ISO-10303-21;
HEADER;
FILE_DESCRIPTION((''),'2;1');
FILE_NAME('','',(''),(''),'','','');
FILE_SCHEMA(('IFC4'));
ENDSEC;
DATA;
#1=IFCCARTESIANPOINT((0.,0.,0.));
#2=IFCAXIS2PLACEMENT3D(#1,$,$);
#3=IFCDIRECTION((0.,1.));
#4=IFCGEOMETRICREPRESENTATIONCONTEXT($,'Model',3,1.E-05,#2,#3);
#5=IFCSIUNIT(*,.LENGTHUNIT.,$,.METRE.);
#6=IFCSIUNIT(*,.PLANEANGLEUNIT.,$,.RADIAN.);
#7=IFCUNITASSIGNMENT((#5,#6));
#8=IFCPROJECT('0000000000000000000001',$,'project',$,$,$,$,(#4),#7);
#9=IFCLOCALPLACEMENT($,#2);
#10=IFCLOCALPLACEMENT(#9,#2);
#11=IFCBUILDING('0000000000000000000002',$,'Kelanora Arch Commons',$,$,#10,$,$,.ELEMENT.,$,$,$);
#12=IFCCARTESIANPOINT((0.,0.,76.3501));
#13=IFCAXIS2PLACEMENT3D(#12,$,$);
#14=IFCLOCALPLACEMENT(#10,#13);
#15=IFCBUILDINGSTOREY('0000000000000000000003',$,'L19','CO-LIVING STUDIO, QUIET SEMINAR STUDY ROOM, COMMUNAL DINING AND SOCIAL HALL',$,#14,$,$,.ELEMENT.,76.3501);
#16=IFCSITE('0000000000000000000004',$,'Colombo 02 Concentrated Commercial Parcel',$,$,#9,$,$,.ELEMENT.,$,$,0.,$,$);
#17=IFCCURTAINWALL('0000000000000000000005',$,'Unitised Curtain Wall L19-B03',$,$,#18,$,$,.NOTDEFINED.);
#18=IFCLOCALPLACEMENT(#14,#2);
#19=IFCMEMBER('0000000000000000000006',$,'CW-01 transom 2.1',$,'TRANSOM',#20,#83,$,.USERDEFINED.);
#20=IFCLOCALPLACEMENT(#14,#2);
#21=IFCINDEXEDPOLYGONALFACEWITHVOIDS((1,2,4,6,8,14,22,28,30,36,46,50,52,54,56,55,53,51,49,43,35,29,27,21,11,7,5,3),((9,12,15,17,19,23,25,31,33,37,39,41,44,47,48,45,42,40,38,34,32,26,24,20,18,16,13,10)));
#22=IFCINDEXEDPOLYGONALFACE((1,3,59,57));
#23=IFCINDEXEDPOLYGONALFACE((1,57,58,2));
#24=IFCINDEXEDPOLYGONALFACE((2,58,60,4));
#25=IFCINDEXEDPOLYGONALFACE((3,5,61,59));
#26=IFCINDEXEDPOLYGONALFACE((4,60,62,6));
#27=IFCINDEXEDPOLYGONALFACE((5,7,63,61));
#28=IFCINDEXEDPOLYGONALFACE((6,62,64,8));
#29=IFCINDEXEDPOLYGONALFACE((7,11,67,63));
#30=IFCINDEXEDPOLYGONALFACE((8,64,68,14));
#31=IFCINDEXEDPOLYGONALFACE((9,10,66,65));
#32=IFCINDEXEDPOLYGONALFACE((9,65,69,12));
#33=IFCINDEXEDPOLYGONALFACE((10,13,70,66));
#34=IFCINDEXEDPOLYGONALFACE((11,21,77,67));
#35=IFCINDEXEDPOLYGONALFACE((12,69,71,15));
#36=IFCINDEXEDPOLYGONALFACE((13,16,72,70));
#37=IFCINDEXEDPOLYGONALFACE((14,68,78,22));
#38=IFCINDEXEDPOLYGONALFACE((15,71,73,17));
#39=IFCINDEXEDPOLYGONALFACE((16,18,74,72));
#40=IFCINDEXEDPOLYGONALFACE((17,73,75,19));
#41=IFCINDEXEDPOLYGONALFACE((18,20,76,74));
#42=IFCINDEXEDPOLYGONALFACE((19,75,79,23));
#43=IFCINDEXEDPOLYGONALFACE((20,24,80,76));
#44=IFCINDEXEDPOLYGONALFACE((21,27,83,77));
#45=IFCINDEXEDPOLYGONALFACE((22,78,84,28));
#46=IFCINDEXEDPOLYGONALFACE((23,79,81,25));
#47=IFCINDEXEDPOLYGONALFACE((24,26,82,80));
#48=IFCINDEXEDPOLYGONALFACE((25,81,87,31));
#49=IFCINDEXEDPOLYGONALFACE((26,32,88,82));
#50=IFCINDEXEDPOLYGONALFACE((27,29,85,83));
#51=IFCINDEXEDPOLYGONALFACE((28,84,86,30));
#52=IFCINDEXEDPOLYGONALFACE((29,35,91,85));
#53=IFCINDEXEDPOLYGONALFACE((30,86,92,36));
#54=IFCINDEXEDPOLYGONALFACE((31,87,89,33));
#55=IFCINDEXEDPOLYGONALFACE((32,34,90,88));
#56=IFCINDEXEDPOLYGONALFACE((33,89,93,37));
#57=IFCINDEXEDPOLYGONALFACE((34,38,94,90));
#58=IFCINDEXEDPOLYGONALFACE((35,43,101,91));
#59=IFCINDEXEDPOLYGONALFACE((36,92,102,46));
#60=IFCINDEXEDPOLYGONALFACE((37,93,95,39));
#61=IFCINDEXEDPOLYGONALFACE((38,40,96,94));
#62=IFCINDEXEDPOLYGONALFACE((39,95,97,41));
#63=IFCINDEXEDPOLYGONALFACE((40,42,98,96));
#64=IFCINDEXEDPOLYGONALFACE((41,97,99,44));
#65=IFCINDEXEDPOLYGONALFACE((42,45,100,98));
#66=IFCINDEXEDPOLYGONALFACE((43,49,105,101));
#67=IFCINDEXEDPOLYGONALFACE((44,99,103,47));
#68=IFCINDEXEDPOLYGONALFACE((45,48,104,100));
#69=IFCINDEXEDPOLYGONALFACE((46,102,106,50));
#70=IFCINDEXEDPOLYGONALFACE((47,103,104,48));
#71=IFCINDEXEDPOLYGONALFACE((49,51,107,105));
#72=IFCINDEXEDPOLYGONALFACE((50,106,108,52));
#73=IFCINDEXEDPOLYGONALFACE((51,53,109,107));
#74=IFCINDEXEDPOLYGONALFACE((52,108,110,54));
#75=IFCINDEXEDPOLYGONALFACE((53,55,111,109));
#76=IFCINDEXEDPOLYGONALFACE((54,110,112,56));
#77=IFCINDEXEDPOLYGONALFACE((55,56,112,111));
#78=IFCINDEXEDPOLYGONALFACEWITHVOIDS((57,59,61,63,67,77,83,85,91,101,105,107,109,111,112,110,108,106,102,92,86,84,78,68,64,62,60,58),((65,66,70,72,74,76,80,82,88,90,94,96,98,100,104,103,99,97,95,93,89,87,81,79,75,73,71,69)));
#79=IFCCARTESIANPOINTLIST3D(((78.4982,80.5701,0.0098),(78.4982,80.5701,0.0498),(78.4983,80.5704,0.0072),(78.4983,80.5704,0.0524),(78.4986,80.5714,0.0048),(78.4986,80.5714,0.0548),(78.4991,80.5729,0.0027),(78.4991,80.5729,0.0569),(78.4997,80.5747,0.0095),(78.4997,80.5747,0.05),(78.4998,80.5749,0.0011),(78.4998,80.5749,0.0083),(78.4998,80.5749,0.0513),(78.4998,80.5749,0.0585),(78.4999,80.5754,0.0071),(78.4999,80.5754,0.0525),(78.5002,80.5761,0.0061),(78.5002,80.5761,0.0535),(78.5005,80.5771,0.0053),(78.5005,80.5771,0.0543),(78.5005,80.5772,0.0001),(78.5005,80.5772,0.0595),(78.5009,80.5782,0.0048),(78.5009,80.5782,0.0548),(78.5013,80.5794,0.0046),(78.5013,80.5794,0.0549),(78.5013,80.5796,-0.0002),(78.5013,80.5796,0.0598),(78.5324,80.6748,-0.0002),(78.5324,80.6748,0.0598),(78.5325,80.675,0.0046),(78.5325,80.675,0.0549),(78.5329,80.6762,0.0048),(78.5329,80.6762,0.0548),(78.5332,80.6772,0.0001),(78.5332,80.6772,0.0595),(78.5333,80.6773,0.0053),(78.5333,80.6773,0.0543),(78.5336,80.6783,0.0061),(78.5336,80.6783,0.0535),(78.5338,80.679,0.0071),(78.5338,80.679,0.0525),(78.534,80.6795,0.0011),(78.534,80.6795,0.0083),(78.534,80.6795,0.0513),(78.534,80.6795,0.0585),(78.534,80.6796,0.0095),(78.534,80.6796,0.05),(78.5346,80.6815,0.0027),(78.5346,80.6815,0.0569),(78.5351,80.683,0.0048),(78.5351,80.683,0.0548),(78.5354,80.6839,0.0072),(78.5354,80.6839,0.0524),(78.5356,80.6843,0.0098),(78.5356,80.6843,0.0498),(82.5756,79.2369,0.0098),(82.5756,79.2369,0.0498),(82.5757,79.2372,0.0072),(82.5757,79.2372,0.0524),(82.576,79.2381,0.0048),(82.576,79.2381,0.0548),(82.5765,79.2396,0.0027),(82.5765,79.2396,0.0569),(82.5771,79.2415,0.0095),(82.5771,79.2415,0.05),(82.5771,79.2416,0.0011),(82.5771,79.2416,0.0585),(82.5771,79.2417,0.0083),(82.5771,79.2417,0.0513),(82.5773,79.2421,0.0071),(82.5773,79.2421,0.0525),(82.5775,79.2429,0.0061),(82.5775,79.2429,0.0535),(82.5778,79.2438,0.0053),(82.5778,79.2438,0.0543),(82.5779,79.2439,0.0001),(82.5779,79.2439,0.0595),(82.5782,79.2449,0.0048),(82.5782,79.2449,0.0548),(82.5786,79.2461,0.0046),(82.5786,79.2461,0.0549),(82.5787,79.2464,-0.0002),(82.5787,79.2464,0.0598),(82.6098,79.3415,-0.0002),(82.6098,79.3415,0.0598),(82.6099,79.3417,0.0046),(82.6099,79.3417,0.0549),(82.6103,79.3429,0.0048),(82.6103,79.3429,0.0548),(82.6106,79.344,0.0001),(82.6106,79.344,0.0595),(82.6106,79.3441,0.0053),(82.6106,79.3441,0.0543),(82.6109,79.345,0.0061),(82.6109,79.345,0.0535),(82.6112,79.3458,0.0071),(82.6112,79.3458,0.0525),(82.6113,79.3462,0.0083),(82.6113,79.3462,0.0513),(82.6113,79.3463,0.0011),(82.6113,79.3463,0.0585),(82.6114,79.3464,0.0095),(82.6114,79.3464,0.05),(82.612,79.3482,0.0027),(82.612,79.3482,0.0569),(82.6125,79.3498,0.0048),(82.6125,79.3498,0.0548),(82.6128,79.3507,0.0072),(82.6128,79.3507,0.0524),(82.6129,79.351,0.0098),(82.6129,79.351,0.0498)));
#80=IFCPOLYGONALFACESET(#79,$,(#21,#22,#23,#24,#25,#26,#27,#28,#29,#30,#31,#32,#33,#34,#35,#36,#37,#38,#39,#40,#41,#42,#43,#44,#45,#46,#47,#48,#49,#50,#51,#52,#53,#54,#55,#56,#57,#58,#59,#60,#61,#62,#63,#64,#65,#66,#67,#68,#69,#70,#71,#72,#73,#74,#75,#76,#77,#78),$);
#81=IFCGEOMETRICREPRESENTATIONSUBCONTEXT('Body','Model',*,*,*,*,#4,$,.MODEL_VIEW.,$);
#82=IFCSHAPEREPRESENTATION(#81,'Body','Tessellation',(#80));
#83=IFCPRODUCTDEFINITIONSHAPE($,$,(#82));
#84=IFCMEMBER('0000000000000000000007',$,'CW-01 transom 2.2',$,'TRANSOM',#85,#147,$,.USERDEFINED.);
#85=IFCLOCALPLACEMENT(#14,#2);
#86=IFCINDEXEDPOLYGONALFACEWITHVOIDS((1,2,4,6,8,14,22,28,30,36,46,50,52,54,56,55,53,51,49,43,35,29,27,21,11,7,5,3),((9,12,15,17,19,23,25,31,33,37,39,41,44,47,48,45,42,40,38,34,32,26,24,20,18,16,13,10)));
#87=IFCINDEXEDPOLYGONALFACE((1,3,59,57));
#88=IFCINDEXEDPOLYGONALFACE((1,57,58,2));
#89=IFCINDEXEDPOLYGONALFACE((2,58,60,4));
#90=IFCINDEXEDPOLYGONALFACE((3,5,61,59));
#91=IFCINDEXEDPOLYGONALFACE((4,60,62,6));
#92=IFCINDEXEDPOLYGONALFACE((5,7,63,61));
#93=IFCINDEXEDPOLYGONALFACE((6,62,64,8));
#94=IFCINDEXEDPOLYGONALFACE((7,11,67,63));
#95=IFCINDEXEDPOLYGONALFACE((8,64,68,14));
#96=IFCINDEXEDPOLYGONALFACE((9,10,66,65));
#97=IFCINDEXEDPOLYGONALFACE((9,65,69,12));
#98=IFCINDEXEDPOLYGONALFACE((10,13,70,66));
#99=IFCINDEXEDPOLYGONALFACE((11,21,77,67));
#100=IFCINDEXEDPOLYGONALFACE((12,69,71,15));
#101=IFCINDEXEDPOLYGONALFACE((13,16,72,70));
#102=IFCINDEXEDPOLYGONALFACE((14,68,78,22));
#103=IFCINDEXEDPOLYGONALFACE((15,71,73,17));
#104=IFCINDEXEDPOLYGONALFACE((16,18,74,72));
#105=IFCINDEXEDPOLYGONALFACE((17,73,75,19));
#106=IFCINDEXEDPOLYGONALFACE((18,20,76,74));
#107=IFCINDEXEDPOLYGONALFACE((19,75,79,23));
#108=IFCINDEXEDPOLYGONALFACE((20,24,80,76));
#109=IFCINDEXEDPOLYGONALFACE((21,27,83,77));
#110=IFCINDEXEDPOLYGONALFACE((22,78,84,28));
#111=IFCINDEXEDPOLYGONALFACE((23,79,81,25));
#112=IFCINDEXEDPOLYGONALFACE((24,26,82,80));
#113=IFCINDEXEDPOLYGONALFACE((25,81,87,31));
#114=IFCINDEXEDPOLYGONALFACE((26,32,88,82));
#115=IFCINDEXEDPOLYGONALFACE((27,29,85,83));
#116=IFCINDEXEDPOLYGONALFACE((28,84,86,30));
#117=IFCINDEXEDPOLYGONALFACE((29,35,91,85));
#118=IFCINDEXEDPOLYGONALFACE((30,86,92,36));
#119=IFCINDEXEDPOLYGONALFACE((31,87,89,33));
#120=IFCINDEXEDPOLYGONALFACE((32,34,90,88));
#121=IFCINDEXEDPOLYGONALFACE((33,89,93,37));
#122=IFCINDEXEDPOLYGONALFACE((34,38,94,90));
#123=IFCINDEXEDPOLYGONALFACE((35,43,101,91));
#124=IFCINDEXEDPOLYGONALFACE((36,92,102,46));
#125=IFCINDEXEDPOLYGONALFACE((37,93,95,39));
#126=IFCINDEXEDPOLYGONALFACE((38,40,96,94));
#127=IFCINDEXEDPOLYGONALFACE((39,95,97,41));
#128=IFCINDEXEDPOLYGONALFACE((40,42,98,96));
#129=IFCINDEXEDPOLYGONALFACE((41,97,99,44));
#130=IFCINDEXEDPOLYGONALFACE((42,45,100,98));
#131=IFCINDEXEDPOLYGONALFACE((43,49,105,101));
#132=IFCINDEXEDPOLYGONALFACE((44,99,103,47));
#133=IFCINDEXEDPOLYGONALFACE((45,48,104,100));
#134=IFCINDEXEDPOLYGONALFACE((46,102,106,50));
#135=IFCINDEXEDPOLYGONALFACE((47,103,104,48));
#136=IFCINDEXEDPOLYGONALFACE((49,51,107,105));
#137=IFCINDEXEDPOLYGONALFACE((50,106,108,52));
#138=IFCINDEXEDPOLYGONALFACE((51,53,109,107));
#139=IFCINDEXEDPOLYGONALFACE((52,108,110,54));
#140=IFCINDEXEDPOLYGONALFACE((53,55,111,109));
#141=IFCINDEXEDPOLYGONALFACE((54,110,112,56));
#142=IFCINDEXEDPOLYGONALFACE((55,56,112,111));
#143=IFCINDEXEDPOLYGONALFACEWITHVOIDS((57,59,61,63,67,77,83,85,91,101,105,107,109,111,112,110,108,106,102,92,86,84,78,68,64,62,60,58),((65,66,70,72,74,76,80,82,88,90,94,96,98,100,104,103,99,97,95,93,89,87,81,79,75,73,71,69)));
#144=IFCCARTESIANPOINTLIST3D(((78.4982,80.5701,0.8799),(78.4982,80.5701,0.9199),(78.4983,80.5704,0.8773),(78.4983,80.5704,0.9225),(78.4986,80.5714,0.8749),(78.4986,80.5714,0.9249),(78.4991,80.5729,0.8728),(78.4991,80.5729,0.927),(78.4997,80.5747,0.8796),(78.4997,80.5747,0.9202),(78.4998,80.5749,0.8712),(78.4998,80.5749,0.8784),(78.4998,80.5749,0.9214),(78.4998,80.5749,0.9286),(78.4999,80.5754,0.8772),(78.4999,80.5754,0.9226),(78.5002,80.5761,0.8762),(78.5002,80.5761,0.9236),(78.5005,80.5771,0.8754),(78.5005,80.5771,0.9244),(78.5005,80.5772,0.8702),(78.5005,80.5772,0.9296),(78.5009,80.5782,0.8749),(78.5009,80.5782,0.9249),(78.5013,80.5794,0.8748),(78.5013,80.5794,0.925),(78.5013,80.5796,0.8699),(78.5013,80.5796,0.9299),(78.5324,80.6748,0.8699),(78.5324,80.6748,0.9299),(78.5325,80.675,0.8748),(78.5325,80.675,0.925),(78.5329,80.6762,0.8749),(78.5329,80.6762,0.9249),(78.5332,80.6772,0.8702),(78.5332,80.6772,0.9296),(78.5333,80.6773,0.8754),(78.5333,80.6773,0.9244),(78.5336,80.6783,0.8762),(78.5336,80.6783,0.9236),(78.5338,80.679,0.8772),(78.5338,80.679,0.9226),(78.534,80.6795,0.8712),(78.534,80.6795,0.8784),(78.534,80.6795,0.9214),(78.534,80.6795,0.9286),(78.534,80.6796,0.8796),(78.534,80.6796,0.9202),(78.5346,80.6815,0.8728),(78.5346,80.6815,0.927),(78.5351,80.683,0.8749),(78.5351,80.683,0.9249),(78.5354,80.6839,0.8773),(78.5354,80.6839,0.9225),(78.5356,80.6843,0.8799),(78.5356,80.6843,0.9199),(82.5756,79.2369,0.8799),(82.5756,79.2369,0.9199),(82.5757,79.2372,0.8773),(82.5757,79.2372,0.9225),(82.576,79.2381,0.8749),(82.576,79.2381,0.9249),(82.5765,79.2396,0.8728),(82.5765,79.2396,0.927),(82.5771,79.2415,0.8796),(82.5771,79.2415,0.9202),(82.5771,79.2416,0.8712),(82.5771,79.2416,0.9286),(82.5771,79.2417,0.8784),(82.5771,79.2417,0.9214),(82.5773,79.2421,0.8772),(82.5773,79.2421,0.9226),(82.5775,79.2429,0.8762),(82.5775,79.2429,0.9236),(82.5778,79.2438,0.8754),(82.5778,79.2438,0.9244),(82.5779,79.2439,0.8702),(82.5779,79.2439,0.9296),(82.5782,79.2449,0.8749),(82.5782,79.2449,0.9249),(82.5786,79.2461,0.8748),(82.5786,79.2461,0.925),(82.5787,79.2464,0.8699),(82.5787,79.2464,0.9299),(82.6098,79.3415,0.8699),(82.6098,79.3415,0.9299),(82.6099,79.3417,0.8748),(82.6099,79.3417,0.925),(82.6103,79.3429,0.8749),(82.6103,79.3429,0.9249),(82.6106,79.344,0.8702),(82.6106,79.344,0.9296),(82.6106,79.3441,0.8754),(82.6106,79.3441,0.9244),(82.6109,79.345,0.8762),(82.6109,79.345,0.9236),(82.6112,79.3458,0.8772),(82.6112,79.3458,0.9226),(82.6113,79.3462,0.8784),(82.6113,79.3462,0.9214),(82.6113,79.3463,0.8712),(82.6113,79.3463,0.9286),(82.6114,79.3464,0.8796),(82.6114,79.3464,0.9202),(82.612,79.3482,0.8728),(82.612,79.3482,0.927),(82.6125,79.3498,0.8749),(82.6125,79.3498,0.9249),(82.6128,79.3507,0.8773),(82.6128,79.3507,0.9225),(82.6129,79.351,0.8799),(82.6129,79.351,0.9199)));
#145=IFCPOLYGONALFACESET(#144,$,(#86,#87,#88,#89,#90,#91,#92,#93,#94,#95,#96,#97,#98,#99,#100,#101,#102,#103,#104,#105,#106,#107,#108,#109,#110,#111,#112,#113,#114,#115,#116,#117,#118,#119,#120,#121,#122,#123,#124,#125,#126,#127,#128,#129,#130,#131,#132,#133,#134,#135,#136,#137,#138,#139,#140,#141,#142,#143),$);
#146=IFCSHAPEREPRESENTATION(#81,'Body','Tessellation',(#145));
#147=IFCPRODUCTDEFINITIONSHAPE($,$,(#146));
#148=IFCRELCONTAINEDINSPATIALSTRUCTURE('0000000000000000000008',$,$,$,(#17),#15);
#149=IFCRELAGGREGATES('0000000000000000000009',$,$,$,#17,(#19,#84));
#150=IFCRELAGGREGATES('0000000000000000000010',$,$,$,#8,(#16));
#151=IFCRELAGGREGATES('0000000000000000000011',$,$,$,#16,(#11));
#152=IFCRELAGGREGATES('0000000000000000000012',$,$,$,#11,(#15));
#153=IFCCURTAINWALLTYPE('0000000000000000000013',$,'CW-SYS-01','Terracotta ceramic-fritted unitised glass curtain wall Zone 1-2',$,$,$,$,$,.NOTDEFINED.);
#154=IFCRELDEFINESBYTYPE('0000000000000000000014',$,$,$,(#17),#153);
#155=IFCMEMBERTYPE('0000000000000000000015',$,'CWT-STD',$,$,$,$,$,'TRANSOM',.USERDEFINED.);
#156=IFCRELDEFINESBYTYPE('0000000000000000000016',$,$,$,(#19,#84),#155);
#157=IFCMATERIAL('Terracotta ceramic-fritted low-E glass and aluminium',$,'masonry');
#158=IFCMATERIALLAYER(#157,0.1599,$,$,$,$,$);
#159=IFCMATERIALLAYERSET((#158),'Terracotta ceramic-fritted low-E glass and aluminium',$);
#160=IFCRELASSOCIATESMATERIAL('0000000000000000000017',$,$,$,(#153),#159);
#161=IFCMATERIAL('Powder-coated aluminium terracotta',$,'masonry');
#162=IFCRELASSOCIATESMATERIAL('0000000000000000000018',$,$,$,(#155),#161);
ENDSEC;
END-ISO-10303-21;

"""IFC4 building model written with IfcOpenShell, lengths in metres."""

from ifc_helpers import new_model, si_unit, direction, frame, origin, origin_2d, place, context, subcontext, project, spatial, hollow_rectangle, extrude, material, layer, layer_set, material_profile, profile_set, type_object, element, aggregate, save


model = new_model("IFC4")

# Units and contexts
model_context = context("Model", 3, precision=1e-05, world=origin(), true_north=direction((0.0, 1.0)))
body_context = subcontext(model_context, "Body", "Model", "MODEL_VIEW")
ifc_project = project(units=[si_unit("LENGTHUNIT", "METRE"), si_unit("PLANEANGLEUNIT", "RADIAN")], contexts=[model_context])

# Site, building, storey
site_placement = place(None, origin())
site = spatial("IfcSite", under=ifc_project, at=site_placement, Name="Colombo 02 Concentrated Commercial Parcel", CompositionType="ELEMENT", RefElevation=0.0)
building_placement = place(site_placement, origin())
building = spatial("IfcBuilding", under=site, at=building_placement, Name="Kelanora Arch Commons", CompositionType="ELEMENT")
storey_placement = place(building_placement, frame((0.0, 0.0, 76.3501)))
storey = spatial("IfcBuildingStorey", under=building, at=storey_placement, Name="L19", Description="CO-LIVING STUDIO, QUIET SEMINAR STUDY ROOM, COMMUNAL DINING AND SOCIAL HALL", CompositionType="ELEMENT", Elevation=76.3501)

# Curtain wall, members
ifc_material_1 = material(Name="Terracotta ceramic-fritted low-E glass and aluminium", Category="masonry")
ifc_layer_1 = layer(ifc_material_1, 0.1599)
ifc_layer_set_1 = layer_set([ifc_layer_1], Name="Terracotta ceramic-fritted low-E glass and aluminium")
curtain_wall_type = type_object("IfcCurtainWallType", Name="CW-SYS-01", Description="Terracotta ceramic-fritted unitised glass curtain wall Zone 1-2", PredefinedType="NOTDEFINED", material=ifc_layer_set_1)
curtain_wall_placement = place(storey_placement, origin())
curtain_wall = element("IfcCurtainWall", 1, at=curtain_wall_placement, inside=storey, type_object=curtain_wall_type, Name="Unitised Curtain Wall L19-B03", PredefinedType="NOTDEFINED")
ifc_material_2 = material(Name="Powder-coated aluminium terracotta", Category="masonry")
ifc_material_profile_1 = material_profile(ifc_material_2, hollow_rectangle(XDim=0.1201, YDim=0.0601, WallThickness=0.0049, InnerFilletRadius=0.0049, OuterFilletRadius=0.01, at=origin_2d()), Name="CWT120x60")
ifc_profile_set_1 = profile_set([ifc_material_profile_1], Name="Powder-coated aluminium terracotta")
member_type_1 = type_object("IfcMemberType", Name="CWT-STD", ElementType="TRANSOM", PredefinedType="USERDEFINED", material=ifc_profile_set_1)
member_1_placement = place(storey_placement, frame((82.5942, 79.2939, 0.0298), z_axis=(-0.950478, 0.310793, 0.0), x_axis=(-0.310793, -0.950478, 0.0)))
member_1 = element("IfcMember", 2, at=member_1_placement, type_object=member_type_1, Name="CW-01 transom 2.1", ObjectType="TRANSOM", PredefinedType="USERDEFINED", context=body_context, shape_type="SweptSolid", body=[
    extrude(hollow_rectangle(XDim=0.1201, YDim=0.0601, WallThickness=0.0049, InnerFilletRadius=0.0049, OuterFilletRadius=0.01, at=origin_2d()), origin(), (0.0, 0.0, 1.0), 4.2898),
])
member_2_placement = place(storey_placement, frame((82.5942, 79.2939, 0.8999), z_axis=(-0.950478, 0.310793, 0.0), x_axis=(-0.310793, -0.950478, 0.0)))
member_2 = element("IfcMember", 3, at=member_2_placement, type_object=member_type_1, Name="CW-01 transom 2.2", ObjectType="TRANSOM", PredefinedType="USERDEFINED", context=body_context, shape_type="SweptSolid", body=[
    extrude(hollow_rectangle(XDim=0.1201, YDim=0.0601, WallThickness=0.0049, InnerFilletRadius=0.0049, OuterFilletRadius=0.01, at=origin_2d()), origin(), (0.0, 0.0, 1.0), 4.2898),
])
aggregate(curtain_wall, [member_1, member_2])

save(model, "model.ifc")
